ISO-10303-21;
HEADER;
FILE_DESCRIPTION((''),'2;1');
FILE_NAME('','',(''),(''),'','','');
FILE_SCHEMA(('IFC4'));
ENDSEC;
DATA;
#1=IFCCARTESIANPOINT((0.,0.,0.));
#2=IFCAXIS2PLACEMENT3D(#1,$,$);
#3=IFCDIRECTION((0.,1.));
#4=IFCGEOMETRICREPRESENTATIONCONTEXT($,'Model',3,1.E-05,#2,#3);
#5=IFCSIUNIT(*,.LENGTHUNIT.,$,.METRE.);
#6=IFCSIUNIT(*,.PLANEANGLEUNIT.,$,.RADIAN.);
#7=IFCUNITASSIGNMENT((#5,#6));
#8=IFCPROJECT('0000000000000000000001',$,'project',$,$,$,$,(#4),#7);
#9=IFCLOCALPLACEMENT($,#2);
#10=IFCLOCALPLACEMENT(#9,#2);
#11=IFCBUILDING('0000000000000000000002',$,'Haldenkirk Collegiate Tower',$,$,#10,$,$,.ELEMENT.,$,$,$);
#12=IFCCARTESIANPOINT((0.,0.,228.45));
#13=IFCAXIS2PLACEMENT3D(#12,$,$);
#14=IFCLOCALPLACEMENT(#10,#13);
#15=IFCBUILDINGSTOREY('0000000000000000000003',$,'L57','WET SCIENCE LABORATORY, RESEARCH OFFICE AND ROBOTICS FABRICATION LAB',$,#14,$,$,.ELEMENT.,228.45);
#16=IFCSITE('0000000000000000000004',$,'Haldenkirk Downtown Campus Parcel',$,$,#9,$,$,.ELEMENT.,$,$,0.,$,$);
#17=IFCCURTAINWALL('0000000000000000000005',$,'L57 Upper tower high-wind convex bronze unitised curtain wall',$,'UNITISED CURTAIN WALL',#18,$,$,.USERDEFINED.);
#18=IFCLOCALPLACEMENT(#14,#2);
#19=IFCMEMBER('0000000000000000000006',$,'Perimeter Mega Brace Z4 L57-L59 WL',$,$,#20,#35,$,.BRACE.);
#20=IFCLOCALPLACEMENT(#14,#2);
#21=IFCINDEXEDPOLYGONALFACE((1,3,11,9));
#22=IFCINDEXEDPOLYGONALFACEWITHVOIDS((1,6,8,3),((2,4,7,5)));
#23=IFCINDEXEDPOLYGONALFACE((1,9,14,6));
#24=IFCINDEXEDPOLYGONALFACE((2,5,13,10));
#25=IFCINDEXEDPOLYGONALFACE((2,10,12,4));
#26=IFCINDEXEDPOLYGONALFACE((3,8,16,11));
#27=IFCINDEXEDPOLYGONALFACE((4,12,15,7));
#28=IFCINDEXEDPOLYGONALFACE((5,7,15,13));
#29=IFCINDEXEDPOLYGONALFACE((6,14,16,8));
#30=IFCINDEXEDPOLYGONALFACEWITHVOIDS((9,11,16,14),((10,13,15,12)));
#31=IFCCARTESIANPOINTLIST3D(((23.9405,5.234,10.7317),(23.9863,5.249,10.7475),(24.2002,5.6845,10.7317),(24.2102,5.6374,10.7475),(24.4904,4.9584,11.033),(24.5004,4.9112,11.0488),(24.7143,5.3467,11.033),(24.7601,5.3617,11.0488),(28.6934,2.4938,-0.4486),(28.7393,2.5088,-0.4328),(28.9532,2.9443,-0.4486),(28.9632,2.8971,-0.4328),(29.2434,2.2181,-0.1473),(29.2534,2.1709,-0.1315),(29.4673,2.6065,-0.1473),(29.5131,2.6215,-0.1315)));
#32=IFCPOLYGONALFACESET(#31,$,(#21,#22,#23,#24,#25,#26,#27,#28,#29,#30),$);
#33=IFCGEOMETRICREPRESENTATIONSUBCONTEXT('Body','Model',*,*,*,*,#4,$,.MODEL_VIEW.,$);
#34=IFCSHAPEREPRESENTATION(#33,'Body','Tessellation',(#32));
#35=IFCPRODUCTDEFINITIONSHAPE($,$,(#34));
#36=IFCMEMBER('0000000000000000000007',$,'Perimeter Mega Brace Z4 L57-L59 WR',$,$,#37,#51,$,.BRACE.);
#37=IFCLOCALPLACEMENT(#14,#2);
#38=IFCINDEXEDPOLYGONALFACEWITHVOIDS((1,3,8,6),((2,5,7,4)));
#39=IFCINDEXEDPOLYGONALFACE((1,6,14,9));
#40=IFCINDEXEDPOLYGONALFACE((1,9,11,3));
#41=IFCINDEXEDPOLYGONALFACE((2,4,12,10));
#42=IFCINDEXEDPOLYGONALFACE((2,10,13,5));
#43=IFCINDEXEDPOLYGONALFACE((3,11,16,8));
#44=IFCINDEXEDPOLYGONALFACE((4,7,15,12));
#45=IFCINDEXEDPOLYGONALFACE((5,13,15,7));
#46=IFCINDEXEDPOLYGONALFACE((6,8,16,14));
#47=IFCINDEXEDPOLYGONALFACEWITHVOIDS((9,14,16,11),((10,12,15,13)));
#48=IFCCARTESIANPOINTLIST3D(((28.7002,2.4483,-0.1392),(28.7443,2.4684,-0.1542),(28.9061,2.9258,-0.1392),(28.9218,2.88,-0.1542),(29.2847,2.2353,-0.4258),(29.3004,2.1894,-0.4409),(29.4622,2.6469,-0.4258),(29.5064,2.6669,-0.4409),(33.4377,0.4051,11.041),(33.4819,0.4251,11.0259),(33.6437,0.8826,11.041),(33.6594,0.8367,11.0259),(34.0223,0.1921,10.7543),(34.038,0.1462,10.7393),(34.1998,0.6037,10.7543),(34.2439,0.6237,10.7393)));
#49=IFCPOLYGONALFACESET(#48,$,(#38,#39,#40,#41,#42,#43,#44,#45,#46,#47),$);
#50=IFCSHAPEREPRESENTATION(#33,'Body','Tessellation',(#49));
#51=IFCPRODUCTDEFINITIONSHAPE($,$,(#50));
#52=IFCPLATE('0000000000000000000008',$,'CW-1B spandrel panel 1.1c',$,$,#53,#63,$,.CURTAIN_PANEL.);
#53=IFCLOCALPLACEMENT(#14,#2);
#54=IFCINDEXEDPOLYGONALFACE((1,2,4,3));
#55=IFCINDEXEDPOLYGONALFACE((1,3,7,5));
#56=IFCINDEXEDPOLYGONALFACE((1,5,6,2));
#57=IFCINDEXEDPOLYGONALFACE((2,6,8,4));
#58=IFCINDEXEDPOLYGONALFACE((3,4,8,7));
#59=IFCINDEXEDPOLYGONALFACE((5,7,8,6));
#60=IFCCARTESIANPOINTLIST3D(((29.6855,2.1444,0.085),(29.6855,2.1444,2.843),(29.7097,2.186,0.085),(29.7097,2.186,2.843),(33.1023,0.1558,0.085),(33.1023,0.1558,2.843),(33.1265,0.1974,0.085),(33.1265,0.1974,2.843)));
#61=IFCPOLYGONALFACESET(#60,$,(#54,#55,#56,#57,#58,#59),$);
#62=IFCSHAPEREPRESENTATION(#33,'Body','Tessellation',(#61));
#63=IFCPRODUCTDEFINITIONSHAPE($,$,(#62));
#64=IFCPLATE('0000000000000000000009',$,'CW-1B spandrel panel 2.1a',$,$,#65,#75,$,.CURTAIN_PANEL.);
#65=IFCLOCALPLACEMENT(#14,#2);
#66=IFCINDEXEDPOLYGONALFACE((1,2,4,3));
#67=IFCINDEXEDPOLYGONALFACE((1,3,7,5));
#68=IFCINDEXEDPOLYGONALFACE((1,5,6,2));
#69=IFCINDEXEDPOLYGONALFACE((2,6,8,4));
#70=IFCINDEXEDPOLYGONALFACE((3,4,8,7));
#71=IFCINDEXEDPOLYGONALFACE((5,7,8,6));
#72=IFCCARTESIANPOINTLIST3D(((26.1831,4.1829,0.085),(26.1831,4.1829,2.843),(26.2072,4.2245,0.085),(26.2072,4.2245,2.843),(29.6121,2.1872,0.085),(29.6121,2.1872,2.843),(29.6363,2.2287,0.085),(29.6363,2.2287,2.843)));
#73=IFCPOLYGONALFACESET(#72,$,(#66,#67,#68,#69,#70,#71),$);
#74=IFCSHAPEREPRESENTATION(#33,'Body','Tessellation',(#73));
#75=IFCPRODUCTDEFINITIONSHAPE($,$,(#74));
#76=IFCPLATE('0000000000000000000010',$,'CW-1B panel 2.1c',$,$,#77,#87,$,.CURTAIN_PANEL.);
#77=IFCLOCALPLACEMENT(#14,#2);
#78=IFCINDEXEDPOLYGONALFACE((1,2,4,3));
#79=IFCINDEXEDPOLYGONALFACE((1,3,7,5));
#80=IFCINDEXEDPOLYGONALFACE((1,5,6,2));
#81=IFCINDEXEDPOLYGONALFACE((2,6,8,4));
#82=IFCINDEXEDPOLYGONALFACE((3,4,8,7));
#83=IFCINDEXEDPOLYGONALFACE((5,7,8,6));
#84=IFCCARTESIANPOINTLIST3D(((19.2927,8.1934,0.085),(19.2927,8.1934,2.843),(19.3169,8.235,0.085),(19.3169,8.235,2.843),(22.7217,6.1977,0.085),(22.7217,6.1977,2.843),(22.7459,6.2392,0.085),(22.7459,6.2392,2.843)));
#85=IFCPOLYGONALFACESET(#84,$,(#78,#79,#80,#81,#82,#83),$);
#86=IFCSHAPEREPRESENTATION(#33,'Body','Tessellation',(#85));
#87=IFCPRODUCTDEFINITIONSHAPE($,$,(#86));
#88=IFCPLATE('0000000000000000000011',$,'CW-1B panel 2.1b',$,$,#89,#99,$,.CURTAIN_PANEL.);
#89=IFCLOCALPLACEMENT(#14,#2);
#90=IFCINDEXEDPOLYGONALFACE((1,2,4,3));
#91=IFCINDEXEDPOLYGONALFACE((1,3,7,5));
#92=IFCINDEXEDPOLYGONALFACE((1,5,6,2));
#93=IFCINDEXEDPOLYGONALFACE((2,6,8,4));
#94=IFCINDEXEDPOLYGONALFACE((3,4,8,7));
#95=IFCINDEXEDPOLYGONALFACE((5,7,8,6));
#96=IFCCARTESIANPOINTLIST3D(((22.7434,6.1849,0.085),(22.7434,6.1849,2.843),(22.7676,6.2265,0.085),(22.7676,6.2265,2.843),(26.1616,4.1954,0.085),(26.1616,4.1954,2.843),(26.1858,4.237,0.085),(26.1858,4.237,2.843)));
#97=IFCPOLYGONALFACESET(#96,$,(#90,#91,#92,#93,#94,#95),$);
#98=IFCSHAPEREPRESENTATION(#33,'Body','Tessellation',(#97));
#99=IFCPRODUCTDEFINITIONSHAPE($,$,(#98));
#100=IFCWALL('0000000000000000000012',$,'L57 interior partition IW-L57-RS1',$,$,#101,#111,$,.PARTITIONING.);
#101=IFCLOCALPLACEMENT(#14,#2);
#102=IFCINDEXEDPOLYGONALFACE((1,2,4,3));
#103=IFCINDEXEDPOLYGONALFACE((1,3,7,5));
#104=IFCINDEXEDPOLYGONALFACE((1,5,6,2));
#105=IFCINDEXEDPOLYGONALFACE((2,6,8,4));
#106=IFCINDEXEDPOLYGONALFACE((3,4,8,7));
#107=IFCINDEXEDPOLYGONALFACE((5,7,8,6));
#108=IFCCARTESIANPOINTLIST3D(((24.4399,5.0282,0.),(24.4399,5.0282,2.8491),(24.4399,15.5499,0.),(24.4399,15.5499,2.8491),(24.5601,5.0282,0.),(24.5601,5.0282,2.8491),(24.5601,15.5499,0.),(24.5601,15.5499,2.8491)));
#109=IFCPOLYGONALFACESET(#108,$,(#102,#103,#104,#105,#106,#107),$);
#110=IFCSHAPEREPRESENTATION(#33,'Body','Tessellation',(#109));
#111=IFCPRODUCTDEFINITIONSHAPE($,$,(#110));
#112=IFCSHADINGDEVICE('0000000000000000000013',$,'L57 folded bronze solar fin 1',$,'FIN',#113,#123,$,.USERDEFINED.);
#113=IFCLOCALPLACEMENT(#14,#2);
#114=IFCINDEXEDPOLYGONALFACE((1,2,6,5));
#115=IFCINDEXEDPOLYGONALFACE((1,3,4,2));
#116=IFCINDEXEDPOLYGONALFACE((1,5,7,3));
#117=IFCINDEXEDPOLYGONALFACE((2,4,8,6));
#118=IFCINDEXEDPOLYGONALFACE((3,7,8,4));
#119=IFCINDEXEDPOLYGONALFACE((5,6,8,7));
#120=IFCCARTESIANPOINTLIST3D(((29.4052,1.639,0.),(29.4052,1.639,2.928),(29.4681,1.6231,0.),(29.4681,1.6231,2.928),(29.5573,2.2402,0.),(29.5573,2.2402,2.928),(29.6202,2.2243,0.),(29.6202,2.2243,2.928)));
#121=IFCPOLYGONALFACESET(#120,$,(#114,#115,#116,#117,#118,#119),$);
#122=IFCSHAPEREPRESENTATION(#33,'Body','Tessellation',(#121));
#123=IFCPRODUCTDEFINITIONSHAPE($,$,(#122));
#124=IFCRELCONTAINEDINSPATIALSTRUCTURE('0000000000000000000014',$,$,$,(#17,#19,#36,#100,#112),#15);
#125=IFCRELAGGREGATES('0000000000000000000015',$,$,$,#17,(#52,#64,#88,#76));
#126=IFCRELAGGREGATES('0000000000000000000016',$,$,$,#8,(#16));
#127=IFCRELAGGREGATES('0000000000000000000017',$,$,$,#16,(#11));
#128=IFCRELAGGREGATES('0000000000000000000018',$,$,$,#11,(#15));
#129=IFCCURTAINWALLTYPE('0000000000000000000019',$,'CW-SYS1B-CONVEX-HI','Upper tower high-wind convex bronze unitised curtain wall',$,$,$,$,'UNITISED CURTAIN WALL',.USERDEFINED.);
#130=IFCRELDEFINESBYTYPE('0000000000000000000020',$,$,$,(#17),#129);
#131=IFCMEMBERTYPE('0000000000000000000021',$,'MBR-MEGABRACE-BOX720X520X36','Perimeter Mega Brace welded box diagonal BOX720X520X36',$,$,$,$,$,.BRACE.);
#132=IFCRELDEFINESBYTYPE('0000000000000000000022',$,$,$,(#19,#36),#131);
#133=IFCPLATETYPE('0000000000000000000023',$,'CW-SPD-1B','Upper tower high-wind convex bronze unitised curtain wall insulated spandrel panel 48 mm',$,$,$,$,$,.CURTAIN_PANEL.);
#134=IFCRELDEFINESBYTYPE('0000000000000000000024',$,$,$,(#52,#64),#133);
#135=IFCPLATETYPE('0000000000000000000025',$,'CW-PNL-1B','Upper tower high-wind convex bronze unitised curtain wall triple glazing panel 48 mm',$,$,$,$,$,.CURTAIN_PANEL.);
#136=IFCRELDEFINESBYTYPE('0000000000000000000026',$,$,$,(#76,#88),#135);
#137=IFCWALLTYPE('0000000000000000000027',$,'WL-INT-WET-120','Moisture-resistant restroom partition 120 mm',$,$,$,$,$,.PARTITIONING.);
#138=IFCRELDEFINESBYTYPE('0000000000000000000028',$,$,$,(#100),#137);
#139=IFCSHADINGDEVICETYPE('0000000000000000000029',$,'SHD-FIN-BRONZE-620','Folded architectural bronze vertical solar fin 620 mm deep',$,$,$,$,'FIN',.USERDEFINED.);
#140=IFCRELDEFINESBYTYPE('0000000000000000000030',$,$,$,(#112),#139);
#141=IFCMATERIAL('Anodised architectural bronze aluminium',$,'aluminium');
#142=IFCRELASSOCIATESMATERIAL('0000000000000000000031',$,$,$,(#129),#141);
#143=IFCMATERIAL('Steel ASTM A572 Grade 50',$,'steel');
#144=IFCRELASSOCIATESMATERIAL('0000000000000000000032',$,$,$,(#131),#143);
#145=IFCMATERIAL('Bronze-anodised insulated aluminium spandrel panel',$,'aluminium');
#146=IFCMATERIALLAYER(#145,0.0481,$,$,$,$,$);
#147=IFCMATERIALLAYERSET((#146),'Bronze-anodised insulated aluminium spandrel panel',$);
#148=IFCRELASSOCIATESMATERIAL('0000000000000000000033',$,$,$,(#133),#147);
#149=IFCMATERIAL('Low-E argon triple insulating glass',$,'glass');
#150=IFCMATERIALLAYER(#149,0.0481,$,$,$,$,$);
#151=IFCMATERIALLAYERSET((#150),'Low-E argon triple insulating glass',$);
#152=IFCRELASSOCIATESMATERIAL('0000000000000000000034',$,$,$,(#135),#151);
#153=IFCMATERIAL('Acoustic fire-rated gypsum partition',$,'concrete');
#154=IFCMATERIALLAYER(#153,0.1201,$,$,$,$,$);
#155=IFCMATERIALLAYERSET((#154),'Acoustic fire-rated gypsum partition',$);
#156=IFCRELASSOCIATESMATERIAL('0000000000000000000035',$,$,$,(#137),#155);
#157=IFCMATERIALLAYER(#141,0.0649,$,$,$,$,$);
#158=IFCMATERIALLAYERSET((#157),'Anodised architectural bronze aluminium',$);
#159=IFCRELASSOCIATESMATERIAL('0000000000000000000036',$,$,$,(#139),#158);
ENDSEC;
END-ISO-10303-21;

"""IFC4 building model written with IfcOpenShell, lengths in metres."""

from ifc_helpers import new_model, si_unit, direction, frame, frame_2d, origin, origin_2d, place, context, subcontext, project, spatial, rectangle, hollow_rectangle, extrude, source, transform, mapped, material, layer, layer_set, material_profile, profile_set, type_object, element, aggregate, save


model = new_model("IFC4")

# Units and contexts
model_context = context("Model", 3, precision=1e-05, world=origin(), true_north=direction((0.0, 1.0)))
body_context = subcontext(model_context, "Body", "Model", "MODEL_VIEW")
ifc_project = project(units=[si_unit("LENGTHUNIT", "METRE"), si_unit("PLANEANGLEUNIT", "RADIAN")], contexts=[model_context])

# Site, building, storey
site_placement = place(None, origin())
site = spatial("IfcSite", under=ifc_project, at=site_placement, Name="Haldenkirk Downtown Campus Parcel", CompositionType="ELEMENT", RefElevation=0.0)
building_placement = place(site_placement, origin())
building = spatial("IfcBuilding", under=site, at=building_placement, Name="Haldenkirk Collegiate Tower", CompositionType="ELEMENT")
storey_placement = place(building_placement, frame((0.0, 0.0, 228.45)))
storey = spatial("IfcBuildingStorey", under=building, at=storey_placement, Name="L57", Description="WET SCIENCE LABORATORY, RESEARCH OFFICE AND ROBOTICS FABRICATION LAB", CompositionType="ELEMENT", Elevation=228.45)

# Curtain wall
ifc_material_1 = material(Name="Anodised architectural bronze aluminium", Category="aluminium")
curtain_wall_type = type_object("IfcCurtainWallType", Name="CW-SYS1B-CONVEX-HI", Description="Upper tower high-wind convex bronze unitised curtain wall", ElementType="UNITISED CURTAIN WALL", PredefinedType="USERDEFINED", material=ifc_material_1)
curtain_wall_placement = place(storey_placement, origin())
curtain_wall = element("IfcCurtainWall", 1, at=curtain_wall_placement, inside=storey, type_object=curtain_wall_type, Name="L57 Upper tower high-wind convex bronze unitised curtain wall", ObjectType="UNITISED CURTAIN WALL", PredefinedType="USERDEFINED")

# Members
ifc_material_2 = material(Name="Steel ASTM A572 Grade 50", Category="steel")
ifc_material_profile_1 = material_profile(ifc_material_2, hollow_rectangle(XDim=0.52, YDim=0.72, WallThickness=0.0359, at=origin_2d()), Name="BOX720X520X36")
ifc_profile_set_1 = profile_set([ifc_material_profile_1], Name="Steel ASTM A572 Grade 50")
member_type_1 = type_object("IfcMemberType", Name="MBR-MEGABRACE-BOX720X520X36", Description="Perimeter Mega Brace welded box diagonal BOX720X520X36", PredefinedType="BRACE", material=ifc_profile_set_1)
member_1_placement = place(storey_placement, frame((29.1033, 2.5576, -0.29), z_axis=(-0.381647, 0.220033, 0.897737), x_axis=(-0.499471, -0.866331, 0.0)))
element("IfcMember", 2, at=member_1_placement, inside=storey, type_object=member_type_1, Name="Perimeter Mega Brace Z4 L57-L59 WL", PredefinedType="BRACE", context=body_context, shape_type="SweptSolid", body=[
    extrude(hollow_rectangle(XDim=0.52, YDim=0.72, WallThickness=0.0359, at=origin_2d()), origin(), (0.0, 0.0, 1.0), 12.4539),
])
member_2_placement = place(storey_placement, frame((29.1033, 2.5576, -0.29), z_axis=(0.384753, -0.165937, 0.907981), x_axis=(0.39602, 0.918242, 0.0)))
element("IfcMember", 3, at=member_2_placement, inside=storey, type_object=member_type_1, Name="Perimeter Mega Brace Z4 L57-L59 WR", PredefinedType="BRACE", context=body_context, shape_type="SweptSolid", body=[
    extrude(hollow_rectangle(XDim=0.52, YDim=0.72, WallThickness=0.0359, at=origin_2d()), origin(), (0.0, 0.0, 1.0), 12.3132),
])

# Plates
ifc_material_3 = material(Name="Bronze-anodised insulated aluminium spandrel panel", Category="aluminium")
ifc_layer_1 = layer(ifc_material_3, 0.0481)
ifc_layer_set_1 = layer_set([ifc_layer_1], Name="Bronze-anodised insulated aluminium spandrel panel")
plate_type_1 = type_object("IfcPlateType", Name="CW-SPD-1B", Description="Upper tower high-wind convex bronze unitised curtain wall insulated spandrel panel 48 mm", PredefinedType="CURTAIN_PANEL", material=ifc_layer_set_1)
shared_shape_1 = source(origin(), body_context, "Body", "SweptSolid", [
    extrude(rectangle(XDim=3.9534, YDim=0.0481, at=origin_2d()), origin(), (0.0, 0.0, 1.0), 2.7581),
])
plate_1_placement = place(storey_placement, frame((31.406, 1.1709, 0.085), z_axis=(0.0, 0.0, 1.0), x_axis=(-0.864276, 0.503018, 0.0)))
plate_1 = element("IfcPlate", 4, at=plate_1_placement, type_object=plate_type_1, Name="CW-1B spandrel panel 1.1c", PredefinedType="CURTAIN_PANEL", context=body_context, shape_type="MappedRepresentation", body=[
    mapped(shared_shape_1, transform((0.0, 0.0, 0.0), x_axis=(1.0, 0.0, 0.0), y_axis=(0.0, 1.0, 0.0), z_axis=(0.0, 0.0, 1.0), scale=1.0)),
])
shared_shape_2 = source(origin(), body_context, "Body", "SweptSolid", [
    extrude(rectangle(XDim=3.9675, YDim=0.0481, at=origin_2d()), origin(), (0.0, 0.0, 1.0), 2.7581),
])
plate_2_placement = place(storey_placement, frame((27.9097, 3.2058, 0.085), z_axis=(0.0, 0.0, 1.0), x_axis=(-0.864276, 0.503018, 0.0)))
plate_2 = element("IfcPlate", 5, at=plate_2_placement, type_object=plate_type_1, Name="CW-1B spandrel panel 2.1a", PredefinedType="CURTAIN_PANEL", context=body_context, shape_type="MappedRepresentation", body=[
    mapped(shared_shape_2, transform((0.0, 0.0, 0.0), x_axis=(1.0, 0.0, 0.0), y_axis=(0.0, 1.0, 0.0), z_axis=(0.0, 0.0, 1.0), scale=1.0)),
])
ifc_material_4 = material(Name="Low-E argon triple insulating glass", Category="glass")
ifc_layer_2 = layer(ifc_material_4, 0.0481)
ifc_layer_set_2 = layer_set([ifc_layer_2], Name="Low-E argon triple insulating glass")
plate_type_2 = type_object("IfcPlateType", Name="CW-PNL-1B", Description="Upper tower high-wind convex bronze unitised curtain wall triple glazing panel 48 mm", PredefinedType="CURTAIN_PANEL", material=ifc_layer_set_2)
plate_3_placement = place(storey_placement, frame((21.0193, 7.2163, 0.085), z_axis=(0.0, 0.0, 1.0), x_axis=(-0.864276, 0.503018, 0.0)))
plate_3 = element("IfcPlate", 6, at=plate_3_placement, type_object=plate_type_2, Name="CW-1B panel 2.1c", PredefinedType="CURTAIN_PANEL", context=body_context, shape_type="MappedRepresentation", body=[
    mapped(shared_shape_2, transform((0.0, 0.0, 0.0), x_axis=(1.0, 0.0, 0.0), y_axis=(0.0, 1.0, 0.0), z_axis=(0.0, 0.0, 1.0), scale=1.0)),
])
shared_shape_3 = source(origin(), body_context, "Body", "SweptSolid", [
    extrude(rectangle(XDim=3.9551, YDim=0.0481, at=origin_2d()), origin(), (0.0, 0.0, 1.0), 2.7581),
])
plate_4_placement = place(storey_placement, frame((24.4646, 5.2109, 0.085), z_axis=(0.0, 0.0, 1.0), x_axis=(-0.864276, 0.503018, 0.0)))
plate_4 = element("IfcPlate", 7, at=plate_4_placement, type_object=plate_type_2, Name="CW-1B panel 2.1b", PredefinedType="CURTAIN_PANEL", context=body_context, shape_type="MappedRepresentation", body=[
    mapped(shared_shape_3, transform((0.0, 0.0, 0.0), x_axis=(1.0, 0.0, 0.0), y_axis=(0.0, 1.0, 0.0), z_axis=(0.0, 0.0, 1.0), scale=1.0)),
])
aggregate(curtain_wall, [plate_1, plate_2, plate_4, plate_3])

# Wall
ifc_material_5 = material(Name="Acoustic fire-rated gypsum partition", Category="concrete")
ifc_layer_3 = layer(ifc_material_5, 0.1201)
ifc_layer_set_3 = layer_set([ifc_layer_3], Name="Acoustic fire-rated gypsum partition")
wall_type = type_object("IfcWallType", Name="WL-INT-WET-120", Description="Moisture-resistant restroom partition 120 mm", PredefinedType="PARTITIONING", material=ifc_layer_set_3)
wall_placement = place(storey_placement, frame((24.5, 5.0283, 0.0), z_axis=(0.0, 0.0, 1.0), x_axis=(0.0, 1.0, 0.0)))
element("IfcWall", 8, at=wall_placement, inside=storey, type_object=wall_type, Name="L57 interior partition IW-L57-RS1", PredefinedType="PARTITIONING", context=body_context, shape_type="SweptSolid", body=[
    extrude(rectangle(XDim=10.5217, YDim=0.1201, at=frame_2d((5.2607, 0.0))), origin(), (0.0, 0.0, 1.0), 2.8491),
])

# Shading device
ifc_layer_4 = layer(ifc_material_1, 0.0649)
ifc_layer_set_4 = layer_set([ifc_layer_4], Name="Anodised architectural bronze aluminium")
shading_device_type = type_object("IfcShadingDeviceType", Name="SHD-FIN-BRONZE-620", Description="Folded architectural bronze vertical solar fin 620 mm deep", ElementType="FIN", PredefinedType="USERDEFINED", material=ifc_layer_set_4)
shared_shape_4 = source(origin(), body_context, "Body", "SweptSolid", [
    extrude(rectangle(XDim=0.6201, YDim=0.0649, at=origin_2d()), origin(), (0.0, 0.0, 1.0), 2.928),
])
shading_device_placement = place(storey_placement, frame((29.5127, 1.9316, 0.0), z_axis=(0.0, 0.0, 1.0), x_axis=(-0.245307, -0.969445, 0.0)))
element("IfcShadingDevice", 9, at=shading_device_placement, inside=storey, type_object=shading_device_type, Name="L57 folded bronze solar fin 1", ObjectType="FIN", PredefinedType="USERDEFINED", context=body_context, shape_type="MappedRepresentation", body=[
    mapped(shared_shape_4, transform((0.0, 0.0, 0.0), x_axis=(1.0, 0.0, 0.0), y_axis=(0.0, 1.0, 0.0), z_axis=(0.0, 0.0, 1.0), scale=1.0)),
])

save(model, "model.ifc")
